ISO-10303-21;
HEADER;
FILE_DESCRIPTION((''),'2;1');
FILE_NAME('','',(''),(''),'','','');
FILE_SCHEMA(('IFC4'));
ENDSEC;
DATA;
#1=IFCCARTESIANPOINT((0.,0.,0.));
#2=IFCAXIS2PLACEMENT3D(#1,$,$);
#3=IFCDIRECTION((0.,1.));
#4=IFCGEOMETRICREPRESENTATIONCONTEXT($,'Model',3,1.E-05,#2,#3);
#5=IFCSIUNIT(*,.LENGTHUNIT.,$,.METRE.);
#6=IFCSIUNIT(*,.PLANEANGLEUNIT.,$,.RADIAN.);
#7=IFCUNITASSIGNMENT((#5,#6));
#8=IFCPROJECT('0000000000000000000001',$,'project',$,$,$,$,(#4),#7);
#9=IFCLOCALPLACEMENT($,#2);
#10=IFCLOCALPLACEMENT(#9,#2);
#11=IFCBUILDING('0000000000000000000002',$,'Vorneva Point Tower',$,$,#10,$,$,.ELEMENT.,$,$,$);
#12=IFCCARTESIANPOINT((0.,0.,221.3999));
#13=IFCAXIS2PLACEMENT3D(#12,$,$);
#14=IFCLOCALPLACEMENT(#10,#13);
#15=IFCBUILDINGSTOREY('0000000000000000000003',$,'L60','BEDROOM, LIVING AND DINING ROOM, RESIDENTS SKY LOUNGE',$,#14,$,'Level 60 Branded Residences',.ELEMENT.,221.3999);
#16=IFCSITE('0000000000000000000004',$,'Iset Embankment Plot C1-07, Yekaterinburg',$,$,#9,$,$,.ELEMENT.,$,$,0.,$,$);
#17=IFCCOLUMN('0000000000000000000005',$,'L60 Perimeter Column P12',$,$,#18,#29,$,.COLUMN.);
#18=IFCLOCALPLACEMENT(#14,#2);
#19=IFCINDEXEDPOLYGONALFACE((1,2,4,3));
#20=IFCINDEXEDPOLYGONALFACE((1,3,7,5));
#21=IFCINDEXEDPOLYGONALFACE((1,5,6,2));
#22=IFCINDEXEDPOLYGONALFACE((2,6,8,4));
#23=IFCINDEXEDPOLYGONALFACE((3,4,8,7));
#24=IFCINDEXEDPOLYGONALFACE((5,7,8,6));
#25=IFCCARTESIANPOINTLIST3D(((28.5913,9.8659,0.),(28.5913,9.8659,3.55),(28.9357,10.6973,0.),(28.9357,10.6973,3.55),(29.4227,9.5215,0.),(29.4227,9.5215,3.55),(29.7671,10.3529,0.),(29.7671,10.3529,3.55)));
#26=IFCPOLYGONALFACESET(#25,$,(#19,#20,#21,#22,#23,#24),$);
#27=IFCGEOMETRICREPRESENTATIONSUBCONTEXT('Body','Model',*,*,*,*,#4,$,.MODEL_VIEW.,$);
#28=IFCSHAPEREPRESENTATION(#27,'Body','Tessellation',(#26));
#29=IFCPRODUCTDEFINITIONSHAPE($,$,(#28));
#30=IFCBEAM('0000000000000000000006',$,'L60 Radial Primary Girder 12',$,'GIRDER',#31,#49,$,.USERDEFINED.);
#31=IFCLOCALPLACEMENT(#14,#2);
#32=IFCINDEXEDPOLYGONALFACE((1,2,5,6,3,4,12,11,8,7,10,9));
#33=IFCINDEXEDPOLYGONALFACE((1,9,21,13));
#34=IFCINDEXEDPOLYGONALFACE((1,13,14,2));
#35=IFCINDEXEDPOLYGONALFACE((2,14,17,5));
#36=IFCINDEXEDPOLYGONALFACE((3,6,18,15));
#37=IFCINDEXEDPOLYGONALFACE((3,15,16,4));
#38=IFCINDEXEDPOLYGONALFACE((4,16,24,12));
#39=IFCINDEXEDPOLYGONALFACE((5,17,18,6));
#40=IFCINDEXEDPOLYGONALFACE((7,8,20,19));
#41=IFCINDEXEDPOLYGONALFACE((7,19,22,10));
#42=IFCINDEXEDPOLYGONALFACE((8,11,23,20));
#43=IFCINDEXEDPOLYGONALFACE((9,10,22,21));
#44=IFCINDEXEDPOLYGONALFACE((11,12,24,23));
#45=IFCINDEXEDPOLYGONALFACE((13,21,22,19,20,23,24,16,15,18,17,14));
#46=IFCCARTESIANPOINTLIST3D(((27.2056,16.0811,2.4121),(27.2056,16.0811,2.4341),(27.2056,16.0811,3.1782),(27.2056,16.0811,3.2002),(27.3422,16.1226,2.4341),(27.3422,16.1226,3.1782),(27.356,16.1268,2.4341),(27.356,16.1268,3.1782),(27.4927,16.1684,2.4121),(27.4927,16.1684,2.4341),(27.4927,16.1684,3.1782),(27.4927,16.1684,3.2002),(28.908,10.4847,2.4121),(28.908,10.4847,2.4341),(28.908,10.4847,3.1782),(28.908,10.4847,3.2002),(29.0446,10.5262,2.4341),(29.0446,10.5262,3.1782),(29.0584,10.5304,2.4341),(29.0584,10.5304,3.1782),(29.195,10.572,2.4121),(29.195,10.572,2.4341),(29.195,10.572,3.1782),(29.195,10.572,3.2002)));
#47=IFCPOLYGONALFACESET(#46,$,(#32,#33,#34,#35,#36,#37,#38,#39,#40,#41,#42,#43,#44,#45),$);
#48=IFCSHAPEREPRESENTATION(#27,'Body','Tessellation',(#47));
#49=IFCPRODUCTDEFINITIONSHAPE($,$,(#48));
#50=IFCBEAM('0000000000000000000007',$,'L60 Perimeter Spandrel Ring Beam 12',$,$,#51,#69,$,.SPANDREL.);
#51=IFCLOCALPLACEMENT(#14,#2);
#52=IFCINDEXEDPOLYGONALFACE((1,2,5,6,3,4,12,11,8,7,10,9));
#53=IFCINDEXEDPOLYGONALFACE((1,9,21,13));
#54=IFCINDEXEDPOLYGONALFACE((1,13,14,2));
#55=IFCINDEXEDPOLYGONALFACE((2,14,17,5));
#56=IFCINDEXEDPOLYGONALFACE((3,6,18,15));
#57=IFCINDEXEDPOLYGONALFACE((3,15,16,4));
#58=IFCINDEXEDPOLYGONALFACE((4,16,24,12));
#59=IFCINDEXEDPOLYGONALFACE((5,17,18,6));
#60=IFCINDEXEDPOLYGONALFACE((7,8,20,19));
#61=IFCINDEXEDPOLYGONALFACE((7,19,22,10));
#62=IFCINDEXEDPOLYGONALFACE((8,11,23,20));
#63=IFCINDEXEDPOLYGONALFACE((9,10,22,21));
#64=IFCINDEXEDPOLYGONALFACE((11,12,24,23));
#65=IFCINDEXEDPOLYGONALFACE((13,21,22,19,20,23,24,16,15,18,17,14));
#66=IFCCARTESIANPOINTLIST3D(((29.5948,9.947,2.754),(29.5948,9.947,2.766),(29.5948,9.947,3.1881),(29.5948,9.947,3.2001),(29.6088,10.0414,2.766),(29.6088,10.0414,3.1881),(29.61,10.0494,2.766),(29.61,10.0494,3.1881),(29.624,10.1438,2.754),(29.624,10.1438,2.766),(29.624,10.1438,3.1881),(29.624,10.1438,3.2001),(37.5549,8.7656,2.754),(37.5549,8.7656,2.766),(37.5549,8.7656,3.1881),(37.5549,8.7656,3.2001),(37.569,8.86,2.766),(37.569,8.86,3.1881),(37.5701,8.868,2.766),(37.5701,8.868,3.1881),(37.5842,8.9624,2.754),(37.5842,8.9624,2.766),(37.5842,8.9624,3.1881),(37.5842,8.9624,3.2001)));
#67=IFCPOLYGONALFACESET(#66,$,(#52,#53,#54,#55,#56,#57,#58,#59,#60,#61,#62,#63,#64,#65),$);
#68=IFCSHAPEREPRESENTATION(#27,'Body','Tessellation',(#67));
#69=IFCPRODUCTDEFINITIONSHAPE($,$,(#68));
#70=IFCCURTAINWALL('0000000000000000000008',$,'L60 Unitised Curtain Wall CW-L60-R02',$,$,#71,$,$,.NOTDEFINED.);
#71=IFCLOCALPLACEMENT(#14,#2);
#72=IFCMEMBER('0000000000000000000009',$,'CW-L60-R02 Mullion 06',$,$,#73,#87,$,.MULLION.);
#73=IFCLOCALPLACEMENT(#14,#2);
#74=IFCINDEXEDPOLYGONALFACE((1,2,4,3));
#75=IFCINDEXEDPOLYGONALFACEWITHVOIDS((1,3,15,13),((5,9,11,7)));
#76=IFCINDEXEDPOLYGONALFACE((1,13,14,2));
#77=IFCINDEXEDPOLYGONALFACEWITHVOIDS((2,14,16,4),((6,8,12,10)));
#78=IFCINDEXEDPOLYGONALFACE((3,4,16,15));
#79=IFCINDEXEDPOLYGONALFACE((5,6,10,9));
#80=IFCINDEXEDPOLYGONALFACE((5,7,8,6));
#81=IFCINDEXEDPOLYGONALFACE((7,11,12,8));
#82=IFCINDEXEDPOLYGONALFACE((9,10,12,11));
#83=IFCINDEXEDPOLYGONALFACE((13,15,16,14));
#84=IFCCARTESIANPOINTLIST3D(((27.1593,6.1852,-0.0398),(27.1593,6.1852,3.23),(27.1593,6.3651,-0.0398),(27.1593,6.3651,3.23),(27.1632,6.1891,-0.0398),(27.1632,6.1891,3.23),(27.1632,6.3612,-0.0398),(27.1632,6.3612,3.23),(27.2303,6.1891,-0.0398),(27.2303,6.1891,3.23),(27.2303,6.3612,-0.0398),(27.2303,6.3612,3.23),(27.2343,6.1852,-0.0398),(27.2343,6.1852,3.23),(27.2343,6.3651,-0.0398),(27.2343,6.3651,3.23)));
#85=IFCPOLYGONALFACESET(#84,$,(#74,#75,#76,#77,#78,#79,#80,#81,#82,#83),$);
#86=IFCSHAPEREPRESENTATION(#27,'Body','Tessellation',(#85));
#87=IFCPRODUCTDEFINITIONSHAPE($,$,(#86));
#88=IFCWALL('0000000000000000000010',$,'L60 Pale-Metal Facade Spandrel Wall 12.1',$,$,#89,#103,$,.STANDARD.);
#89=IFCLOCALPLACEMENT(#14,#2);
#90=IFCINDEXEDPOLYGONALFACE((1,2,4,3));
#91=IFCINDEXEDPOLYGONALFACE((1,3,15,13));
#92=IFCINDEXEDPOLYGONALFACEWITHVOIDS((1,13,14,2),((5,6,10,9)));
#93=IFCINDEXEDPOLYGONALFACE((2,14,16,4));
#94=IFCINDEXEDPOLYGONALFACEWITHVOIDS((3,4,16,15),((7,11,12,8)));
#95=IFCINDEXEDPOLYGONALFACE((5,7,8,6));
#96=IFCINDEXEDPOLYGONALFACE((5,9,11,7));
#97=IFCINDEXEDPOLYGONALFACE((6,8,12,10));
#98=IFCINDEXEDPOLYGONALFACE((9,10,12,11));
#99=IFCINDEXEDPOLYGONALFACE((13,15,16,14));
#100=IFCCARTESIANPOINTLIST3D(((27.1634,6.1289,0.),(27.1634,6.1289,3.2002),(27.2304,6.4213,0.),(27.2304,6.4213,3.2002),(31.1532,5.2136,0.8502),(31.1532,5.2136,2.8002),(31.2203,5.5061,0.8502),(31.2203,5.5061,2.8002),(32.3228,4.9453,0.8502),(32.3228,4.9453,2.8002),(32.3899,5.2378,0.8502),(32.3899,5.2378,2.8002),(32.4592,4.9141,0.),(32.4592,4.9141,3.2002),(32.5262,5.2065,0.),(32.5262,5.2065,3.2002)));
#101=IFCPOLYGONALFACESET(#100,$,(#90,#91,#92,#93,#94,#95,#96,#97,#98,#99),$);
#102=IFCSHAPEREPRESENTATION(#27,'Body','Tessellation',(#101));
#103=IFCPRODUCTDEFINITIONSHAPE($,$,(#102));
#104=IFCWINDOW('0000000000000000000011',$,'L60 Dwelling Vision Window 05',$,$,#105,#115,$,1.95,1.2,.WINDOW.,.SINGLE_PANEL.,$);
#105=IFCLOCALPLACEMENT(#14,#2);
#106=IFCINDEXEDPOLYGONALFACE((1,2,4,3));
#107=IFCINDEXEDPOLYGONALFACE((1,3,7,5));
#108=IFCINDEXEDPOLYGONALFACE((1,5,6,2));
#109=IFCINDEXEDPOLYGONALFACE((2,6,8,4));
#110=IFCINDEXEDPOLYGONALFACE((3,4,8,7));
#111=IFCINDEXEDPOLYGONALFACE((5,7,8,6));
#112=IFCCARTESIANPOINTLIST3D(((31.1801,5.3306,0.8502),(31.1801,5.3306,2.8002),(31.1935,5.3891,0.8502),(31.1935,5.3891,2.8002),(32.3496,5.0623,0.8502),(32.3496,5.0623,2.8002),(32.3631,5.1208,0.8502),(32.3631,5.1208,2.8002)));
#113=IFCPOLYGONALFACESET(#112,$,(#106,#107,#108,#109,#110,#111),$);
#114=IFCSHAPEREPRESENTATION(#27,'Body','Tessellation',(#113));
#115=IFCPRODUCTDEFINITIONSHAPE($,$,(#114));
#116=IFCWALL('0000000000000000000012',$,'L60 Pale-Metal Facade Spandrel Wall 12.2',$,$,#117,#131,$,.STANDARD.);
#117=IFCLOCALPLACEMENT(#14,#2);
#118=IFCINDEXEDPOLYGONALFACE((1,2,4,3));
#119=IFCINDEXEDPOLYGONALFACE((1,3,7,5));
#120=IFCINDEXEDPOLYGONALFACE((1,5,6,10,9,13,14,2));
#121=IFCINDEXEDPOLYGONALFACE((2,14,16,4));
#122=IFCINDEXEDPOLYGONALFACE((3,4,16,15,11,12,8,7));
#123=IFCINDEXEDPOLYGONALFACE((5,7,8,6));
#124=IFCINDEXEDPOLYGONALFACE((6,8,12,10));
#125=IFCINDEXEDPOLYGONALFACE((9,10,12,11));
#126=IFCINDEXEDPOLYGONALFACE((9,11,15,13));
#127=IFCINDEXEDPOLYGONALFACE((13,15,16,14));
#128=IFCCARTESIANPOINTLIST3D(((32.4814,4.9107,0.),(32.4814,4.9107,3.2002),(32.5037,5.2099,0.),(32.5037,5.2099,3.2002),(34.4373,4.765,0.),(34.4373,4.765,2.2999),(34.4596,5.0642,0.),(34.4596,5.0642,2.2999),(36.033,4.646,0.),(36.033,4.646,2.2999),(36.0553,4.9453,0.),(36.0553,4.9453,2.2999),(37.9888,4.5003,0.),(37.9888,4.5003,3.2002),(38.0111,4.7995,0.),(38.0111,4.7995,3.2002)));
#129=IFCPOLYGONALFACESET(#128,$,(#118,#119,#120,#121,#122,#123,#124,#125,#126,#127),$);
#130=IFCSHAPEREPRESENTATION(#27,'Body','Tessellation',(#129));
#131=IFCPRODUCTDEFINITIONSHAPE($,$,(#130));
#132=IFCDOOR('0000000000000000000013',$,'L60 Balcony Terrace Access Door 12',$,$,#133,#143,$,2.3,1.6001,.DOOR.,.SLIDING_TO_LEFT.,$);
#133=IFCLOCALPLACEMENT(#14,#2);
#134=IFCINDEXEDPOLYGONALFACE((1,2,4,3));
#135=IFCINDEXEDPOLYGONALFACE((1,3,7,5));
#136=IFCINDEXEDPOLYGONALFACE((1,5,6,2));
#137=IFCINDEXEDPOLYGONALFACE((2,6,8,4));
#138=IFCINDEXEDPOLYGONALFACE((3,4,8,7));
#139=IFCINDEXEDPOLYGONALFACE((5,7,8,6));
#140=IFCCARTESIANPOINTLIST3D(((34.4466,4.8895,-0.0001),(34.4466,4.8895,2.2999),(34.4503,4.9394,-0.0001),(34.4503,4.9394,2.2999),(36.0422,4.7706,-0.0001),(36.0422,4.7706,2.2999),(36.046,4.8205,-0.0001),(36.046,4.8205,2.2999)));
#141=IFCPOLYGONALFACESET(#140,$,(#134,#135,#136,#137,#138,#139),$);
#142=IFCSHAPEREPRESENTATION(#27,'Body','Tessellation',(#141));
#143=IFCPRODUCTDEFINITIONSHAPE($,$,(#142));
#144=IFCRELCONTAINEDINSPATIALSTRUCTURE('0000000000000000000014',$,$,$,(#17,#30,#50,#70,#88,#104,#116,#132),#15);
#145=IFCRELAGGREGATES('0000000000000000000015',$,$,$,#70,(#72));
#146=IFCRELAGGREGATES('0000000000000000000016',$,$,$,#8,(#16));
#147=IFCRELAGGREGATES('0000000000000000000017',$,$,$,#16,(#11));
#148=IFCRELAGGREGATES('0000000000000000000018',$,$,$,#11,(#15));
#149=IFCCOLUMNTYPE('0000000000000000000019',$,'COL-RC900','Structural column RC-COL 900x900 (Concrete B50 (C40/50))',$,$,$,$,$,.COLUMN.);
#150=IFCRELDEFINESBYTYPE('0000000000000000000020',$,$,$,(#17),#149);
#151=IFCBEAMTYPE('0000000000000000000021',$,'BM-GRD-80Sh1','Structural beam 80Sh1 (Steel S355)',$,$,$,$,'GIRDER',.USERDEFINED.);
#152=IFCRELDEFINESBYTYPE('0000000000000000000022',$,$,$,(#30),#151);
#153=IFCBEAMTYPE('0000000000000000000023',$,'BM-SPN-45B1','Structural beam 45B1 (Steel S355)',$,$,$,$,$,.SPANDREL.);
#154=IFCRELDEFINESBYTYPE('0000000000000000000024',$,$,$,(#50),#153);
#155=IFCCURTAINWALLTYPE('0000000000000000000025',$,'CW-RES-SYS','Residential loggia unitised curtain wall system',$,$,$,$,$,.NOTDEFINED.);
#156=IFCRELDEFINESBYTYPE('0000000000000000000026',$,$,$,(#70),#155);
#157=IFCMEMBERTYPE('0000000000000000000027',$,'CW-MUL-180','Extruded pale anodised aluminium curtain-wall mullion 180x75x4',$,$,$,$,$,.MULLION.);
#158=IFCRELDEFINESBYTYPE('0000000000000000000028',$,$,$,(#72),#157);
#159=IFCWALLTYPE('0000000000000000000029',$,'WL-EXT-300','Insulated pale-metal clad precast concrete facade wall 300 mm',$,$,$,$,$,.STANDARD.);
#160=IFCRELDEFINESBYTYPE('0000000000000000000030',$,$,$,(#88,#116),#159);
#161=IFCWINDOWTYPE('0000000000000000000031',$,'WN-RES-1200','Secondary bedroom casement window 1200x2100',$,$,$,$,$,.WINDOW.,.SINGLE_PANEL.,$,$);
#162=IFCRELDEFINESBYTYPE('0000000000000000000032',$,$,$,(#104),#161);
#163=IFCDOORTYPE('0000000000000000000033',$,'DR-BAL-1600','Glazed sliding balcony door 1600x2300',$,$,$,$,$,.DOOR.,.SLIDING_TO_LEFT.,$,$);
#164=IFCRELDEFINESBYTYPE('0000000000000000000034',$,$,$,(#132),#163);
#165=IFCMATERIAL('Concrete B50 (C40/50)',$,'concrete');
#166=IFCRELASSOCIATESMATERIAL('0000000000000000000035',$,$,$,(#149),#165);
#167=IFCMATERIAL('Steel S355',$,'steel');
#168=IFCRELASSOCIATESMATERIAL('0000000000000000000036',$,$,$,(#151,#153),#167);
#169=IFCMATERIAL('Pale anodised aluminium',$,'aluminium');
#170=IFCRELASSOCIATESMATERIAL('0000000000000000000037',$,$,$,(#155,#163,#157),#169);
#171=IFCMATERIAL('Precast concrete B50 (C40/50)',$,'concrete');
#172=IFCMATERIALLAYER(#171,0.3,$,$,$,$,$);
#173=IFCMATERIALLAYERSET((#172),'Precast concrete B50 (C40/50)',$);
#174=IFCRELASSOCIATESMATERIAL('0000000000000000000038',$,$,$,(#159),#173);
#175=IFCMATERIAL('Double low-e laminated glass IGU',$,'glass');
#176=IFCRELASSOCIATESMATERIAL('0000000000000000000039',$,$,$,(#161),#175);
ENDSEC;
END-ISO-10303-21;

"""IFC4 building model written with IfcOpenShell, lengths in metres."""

from ifc_helpers import new_model, si_unit, direction, frame, frame_2d, origin, origin_2d, place, context, subcontext, project, spatial, rectangle, hollow_rectangle, i_section, extrude, material, layer, layer_set, material_profile, profile_set, type_object, element, fill, aggregate, save


model = new_model("IFC4")

# Units and contexts
model_context = context("Model", 3, precision=1e-05, world=origin(), true_north=direction((0.0, 1.0)))
body_context = subcontext(model_context, "Body", "Model", "MODEL_VIEW")
ifc_project = project(units=[si_unit("LENGTHUNIT", "METRE"), si_unit("PLANEANGLEUNIT", "RADIAN")], contexts=[model_context])

# Site, building, storey
site_placement = place(None, origin())
site = spatial("IfcSite", under=ifc_project, at=site_placement, Name="Iset Embankment Plot C1-07, Yekaterinburg", CompositionType="ELEMENT", RefElevation=0.0)
building_placement = place(site_placement, origin())
building = spatial("IfcBuilding", under=site, at=building_placement, Name="Vorneva Point Tower", CompositionType="ELEMENT")
storey_placement = place(building_placement, frame((0.0, 0.0, 221.3999)))
storey = spatial("IfcBuildingStorey", under=building, at=storey_placement, Name="L60", Description="BEDROOM, LIVING AND DINING ROOM, RESIDENTS SKY LOUNGE", LongName="Level 60 Branded Residences", CompositionType="ELEMENT", Elevation=221.3999)

# Column
ifc_material_1 = material(Name="Concrete B50 (C40/50)", Category="concrete")
ifc_material_profile_1 = material_profile(ifc_material_1, rectangle(XDim=0.8999, YDim=0.8999, at=origin_2d()), Name="RC-COL 900x900")
ifc_profile_set_1 = profile_set([ifc_material_profile_1], Name="Concrete B50 (C40/50)")
column_type = type_object("IfcColumnType", Name="COL-RC900", Description="Structural column RC-COL 900x900 (Concrete B50 (C40/50))", PredefinedType="COLUMN", material=ifc_profile_set_1)
column_placement = place(storey_placement, frame((29.1792, 10.1094, 0.0), z_axis=(0.0, 0.0, 1.0), x_axis=(-0.382683, -0.92388, 0.0)))
element("IfcColumn", 1, at=column_placement, inside=storey, type_object=column_type, Name="L60 Perimeter Column P12", PredefinedType="COLUMN", context=body_context, shape_type="SweptSolid", body=[
    extrude(rectangle(XDim=0.8999, YDim=0.8999, at=origin_2d()), origin(), (0.0, 0.0, 1.0), 3.55),
])

# Beams
ifc_material_2 = material(Name="Steel S355", Category="steel")
ifc_material_profile_2 = material_profile(ifc_material_2, i_section(OverallWidth=0.3, OverallDepth=0.7881, WebThickness=0.0144, FlangeThickness=0.022, at=origin_2d()), Name="80Sh1")
ifc_profile_set_2 = profile_set([ifc_material_profile_2], Name="Steel S355")
beam_type_1 = type_object("IfcBeamType", Name="BM-GRD-80Sh1", Description="Structural beam 80Sh1 (Steel S355)", ElementType="GIRDER", PredefinedType="USERDEFINED", material=ifc_profile_set_2)
beam_1_placement = place(storey_placement, frame((29.0515, 10.5283, 2.8062), z_axis=(-0.291025, 0.956715, 0.0), x_axis=(-0.956715, -0.291025, 0.0)))
element("IfcBeam", 2, at=beam_1_placement, inside=storey, type_object=beam_type_1, Name="L60 Radial Primary Girder 12", ObjectType="GIRDER", PredefinedType="USERDEFINED", context=body_context, shape_type="SweptSolid", body=[
    extrude(i_section(OverallWidth=0.3, OverallDepth=0.7881, WebThickness=0.0144, FlangeThickness=0.022, at=origin_2d()), origin(), (0.0, 0.0, 1.0), 5.8496),
])
ifc_material_profile_3 = material_profile(ifc_material_2, i_section(OverallWidth=0.199, OverallDepth=0.446, WebThickness=0.0081, FlangeThickness=0.012, at=origin_2d()), Name="45B1")
ifc_profile_set_3 = profile_set([ifc_material_profile_3], Name="Steel S355")
beam_type_2 = type_object("IfcBeamType", Name="BM-SPN-45B1", Description="Structural beam 45B1 (Steel S355)", PredefinedType="SPANDREL", material=ifc_profile_set_3)
beam_2_placement = place(storey_placement, frame((29.6094, 10.0454, 2.9771), z_axis=(0.989165, -0.146805, 0.0), x_axis=(0.146805, 0.989165, 0.0)))
element("IfcBeam", 3, at=beam_2_placement, inside=storey, type_object=beam_type_2, Name="L60 Perimeter Spandrel Ring Beam 12", PredefinedType="SPANDREL", context=body_context, shape_type="SweptSolid", body=[
    extrude(i_section(OverallWidth=0.199, OverallDepth=0.446, WebThickness=0.0081, FlangeThickness=0.012, at=origin_2d()), origin(), (0.0, 0.0, 1.0), 8.0474),
])

# Curtain wall, member
ifc_material_3 = material(Name="Pale anodised aluminium", Category="aluminium")
curtain_wall_type = type_object("IfcCurtainWallType", Name="CW-RES-SYS", Description="Residential loggia unitised curtain wall system", PredefinedType="NOTDEFINED", material=ifc_material_3)
curtain_wall_placement = place(storey_placement, origin())
curtain_wall = element("IfcCurtainWall", 4, at=curtain_wall_placement, inside=storey, type_object=curtain_wall_type, Name="L60 Unitised Curtain Wall CW-L60-R02", PredefinedType="NOTDEFINED")
ifc_material_profile_4 = material_profile(ifc_material_3, hollow_rectangle(XDim=0.075, YDim=0.1799, WallThickness=0.0039, at=origin_2d()), Name="AL-MUL 180x75x4")
ifc_profile_set_4 = profile_set([ifc_material_profile_4], Name="Pale anodised aluminium")
member_type = type_object("IfcMemberType", Name="CW-MUL-180", Description="Extruded pale anodised aluminium curtain-wall mullion 180x75x4", PredefinedType="MULLION", material=ifc_profile_set_4)
member_placement = place(storey_placement, frame((27.1968, 6.2751, -0.0398), z_axis=(0.0, 0.0, 1.0), x_axis=(1.0, 0.0, 0.0)))
member = element("IfcMember", 5, at=member_placement, type_object=member_type, Name="CW-L60-R02 Mullion 06", PredefinedType="MULLION", context=body_context, shape_type="SweptSolid", body=[
    extrude(hollow_rectangle(XDim=0.075, YDim=0.1799, WallThickness=0.0039, at=origin_2d()), origin(), (0.0, 0.0, 1.0), 3.2698),
])
aggregate(curtain_wall, [member])

# Wall, opening, window
ifc_material_4 = material(Name="Precast concrete B50 (C40/50)", Category="concrete")
ifc_layer_1 = layer(ifc_material_4, 0.3)
ifc_layer_set_1 = layer_set([ifc_layer_1], Name="Precast concrete B50 (C40/50)")
wall_type_1 = type_object("IfcWallType", Name="WL-EXT-300", Description="Insulated pale-metal clad precast concrete facade wall 300 mm", PredefinedType="STANDARD", material=ifc_layer_set_1)
wall_1_placement = place(storey_placement, frame((27.1968, 6.2751, 0.0), z_axis=(0.0, 0.0, 1.0), x_axis=(0.974684, -0.223586, 0.0)))
wall_1 = element("IfcWall", 6, at=wall_1_placement, inside=storey, type_object=wall_type_1, Name="L60 Pale-Metal Facade Spandrel Wall 12.1", PredefinedType="STANDARD", context=body_context, shape_type="SweptSolid", body=[
    extrude(rectangle(XDim=5.4333, YDim=0.3, at=frame_2d((2.7168, 0.0))), origin(), (0.0, 0.0, 1.0), 3.2002),
])
opening_1_placement = place(wall_1_placement, frame((4.0935, 0.0, 0.8501)))
opening_1 = element("IfcOpeningElement", 7, at=opening_1_placement, cuts=wall_1, PredefinedType="OPENING", context=body_context, shape_type="SweptSolid", body=[
    extrude(rectangle(XDim=1.2, YDim=1.95, at=frame_2d((0.6001, 0.9751))), frame((0.0, 0.165, 0.0), z_axis=(0.0, -1.0, 0.0), x_axis=(1.0, 0.0, 0.0)), (0.0, 0.0, 1.0), 0.3298),
])
ifc_material_5 = material(Name="Double low-e laminated glass IGU", Category="glass")
window_type = type_object("IfcWindowType", Name="WN-RES-1200", Description="Secondary bedroom casement window 1200x2100", PartitioningType="SINGLE_PANEL", PredefinedType="WINDOW", material=ifc_material_5)
window_placement = place(opening_1_placement, origin())
window = element("IfcWindow", 8, at=window_placement, inside=storey, type_object=window_type, Name="L60 Dwelling Vision Window 05", OverallHeight=1.95, OverallWidth=1.2, PartitioningType="SINGLE_PANEL", PredefinedType="WINDOW", context=body_context, shape_type="SweptSolid", body=[
    extrude(rectangle(XDim=1.2, YDim=1.95, at=frame_2d((0.6001, 0.9751))), frame((0.0, 0.03, 0.0), z_axis=(0.0, -1.0, 0.0), x_axis=(1.0, 0.0, 0.0)), (0.0, 0.0, 1.0), 0.0601),
])
fill(opening_1, window)

# Wall, opening, door
wall_2_placement = place(storey_placement, frame((32.4927, 5.0603, 0.0), z_axis=(0.0, 0.0, 1.0), x_axis=(0.997235, -0.074313, 0.0)))
wall_2 = element("IfcWall", 9, at=wall_2_placement, inside=storey, type_object=wall_type_1, Name="L60 Pale-Metal Facade Spandrel Wall 12.2", PredefinedType="STANDARD", context=body_context, shape_type="SweptSolid", body=[
    extrude(rectangle(XDim=5.5227, YDim=0.3, at=frame_2d((2.7612, 0.0))), origin(), (0.0, 0.0, 1.0), 3.2002),
])
opening_2_placement = place(wall_2_placement, frame((1.9612, 0.0, 0.0)))
opening_2 = element("IfcOpeningElement", 10, at=opening_2_placement, cuts=wall_2, PredefinedType="OPENING", context=body_context, shape_type="SweptSolid", body=[
    extrude(rectangle(XDim=1.6001, YDim=2.3, at=frame_2d((0.8, 1.1499))), frame((0.0, 0.165, 0.0), z_axis=(0.0, -1.0, 0.0), x_axis=(1.0, 0.0, 0.0)), (0.0, 0.0, 1.0), 0.3298),
])
door_type_1 = type_object("IfcDoorType", Name="DR-BAL-1600", Description="Glazed sliding balcony door 1600x2300", OperationType="SLIDING_TO_LEFT", PredefinedType="DOOR", material=ifc_material_3)
door_1_placement = place(opening_2_placement, origin())
door_1 = element("IfcDoor", 11, at=door_1_placement, inside=storey, type_object=door_type_1, Name="L60 Balcony Terrace Access Door 12", OperationType="SLIDING_TO_LEFT", OverallHeight=2.3, OverallWidth=1.6001, PredefinedType="DOOR", context=body_context, shape_type="SweptSolid", body=[
    extrude(rectangle(XDim=1.6001, YDim=2.3, at=frame_2d((0.8, 1.1499))), frame((0.0, 0.0249, 0.0), z_axis=(0.0, -1.0, 0.0), x_axis=(1.0, 0.0, 0.0)), (0.0, 0.0, 1.0), 0.05),
])
fill(opening_2, door_1)

save(model, "model.ifc")
